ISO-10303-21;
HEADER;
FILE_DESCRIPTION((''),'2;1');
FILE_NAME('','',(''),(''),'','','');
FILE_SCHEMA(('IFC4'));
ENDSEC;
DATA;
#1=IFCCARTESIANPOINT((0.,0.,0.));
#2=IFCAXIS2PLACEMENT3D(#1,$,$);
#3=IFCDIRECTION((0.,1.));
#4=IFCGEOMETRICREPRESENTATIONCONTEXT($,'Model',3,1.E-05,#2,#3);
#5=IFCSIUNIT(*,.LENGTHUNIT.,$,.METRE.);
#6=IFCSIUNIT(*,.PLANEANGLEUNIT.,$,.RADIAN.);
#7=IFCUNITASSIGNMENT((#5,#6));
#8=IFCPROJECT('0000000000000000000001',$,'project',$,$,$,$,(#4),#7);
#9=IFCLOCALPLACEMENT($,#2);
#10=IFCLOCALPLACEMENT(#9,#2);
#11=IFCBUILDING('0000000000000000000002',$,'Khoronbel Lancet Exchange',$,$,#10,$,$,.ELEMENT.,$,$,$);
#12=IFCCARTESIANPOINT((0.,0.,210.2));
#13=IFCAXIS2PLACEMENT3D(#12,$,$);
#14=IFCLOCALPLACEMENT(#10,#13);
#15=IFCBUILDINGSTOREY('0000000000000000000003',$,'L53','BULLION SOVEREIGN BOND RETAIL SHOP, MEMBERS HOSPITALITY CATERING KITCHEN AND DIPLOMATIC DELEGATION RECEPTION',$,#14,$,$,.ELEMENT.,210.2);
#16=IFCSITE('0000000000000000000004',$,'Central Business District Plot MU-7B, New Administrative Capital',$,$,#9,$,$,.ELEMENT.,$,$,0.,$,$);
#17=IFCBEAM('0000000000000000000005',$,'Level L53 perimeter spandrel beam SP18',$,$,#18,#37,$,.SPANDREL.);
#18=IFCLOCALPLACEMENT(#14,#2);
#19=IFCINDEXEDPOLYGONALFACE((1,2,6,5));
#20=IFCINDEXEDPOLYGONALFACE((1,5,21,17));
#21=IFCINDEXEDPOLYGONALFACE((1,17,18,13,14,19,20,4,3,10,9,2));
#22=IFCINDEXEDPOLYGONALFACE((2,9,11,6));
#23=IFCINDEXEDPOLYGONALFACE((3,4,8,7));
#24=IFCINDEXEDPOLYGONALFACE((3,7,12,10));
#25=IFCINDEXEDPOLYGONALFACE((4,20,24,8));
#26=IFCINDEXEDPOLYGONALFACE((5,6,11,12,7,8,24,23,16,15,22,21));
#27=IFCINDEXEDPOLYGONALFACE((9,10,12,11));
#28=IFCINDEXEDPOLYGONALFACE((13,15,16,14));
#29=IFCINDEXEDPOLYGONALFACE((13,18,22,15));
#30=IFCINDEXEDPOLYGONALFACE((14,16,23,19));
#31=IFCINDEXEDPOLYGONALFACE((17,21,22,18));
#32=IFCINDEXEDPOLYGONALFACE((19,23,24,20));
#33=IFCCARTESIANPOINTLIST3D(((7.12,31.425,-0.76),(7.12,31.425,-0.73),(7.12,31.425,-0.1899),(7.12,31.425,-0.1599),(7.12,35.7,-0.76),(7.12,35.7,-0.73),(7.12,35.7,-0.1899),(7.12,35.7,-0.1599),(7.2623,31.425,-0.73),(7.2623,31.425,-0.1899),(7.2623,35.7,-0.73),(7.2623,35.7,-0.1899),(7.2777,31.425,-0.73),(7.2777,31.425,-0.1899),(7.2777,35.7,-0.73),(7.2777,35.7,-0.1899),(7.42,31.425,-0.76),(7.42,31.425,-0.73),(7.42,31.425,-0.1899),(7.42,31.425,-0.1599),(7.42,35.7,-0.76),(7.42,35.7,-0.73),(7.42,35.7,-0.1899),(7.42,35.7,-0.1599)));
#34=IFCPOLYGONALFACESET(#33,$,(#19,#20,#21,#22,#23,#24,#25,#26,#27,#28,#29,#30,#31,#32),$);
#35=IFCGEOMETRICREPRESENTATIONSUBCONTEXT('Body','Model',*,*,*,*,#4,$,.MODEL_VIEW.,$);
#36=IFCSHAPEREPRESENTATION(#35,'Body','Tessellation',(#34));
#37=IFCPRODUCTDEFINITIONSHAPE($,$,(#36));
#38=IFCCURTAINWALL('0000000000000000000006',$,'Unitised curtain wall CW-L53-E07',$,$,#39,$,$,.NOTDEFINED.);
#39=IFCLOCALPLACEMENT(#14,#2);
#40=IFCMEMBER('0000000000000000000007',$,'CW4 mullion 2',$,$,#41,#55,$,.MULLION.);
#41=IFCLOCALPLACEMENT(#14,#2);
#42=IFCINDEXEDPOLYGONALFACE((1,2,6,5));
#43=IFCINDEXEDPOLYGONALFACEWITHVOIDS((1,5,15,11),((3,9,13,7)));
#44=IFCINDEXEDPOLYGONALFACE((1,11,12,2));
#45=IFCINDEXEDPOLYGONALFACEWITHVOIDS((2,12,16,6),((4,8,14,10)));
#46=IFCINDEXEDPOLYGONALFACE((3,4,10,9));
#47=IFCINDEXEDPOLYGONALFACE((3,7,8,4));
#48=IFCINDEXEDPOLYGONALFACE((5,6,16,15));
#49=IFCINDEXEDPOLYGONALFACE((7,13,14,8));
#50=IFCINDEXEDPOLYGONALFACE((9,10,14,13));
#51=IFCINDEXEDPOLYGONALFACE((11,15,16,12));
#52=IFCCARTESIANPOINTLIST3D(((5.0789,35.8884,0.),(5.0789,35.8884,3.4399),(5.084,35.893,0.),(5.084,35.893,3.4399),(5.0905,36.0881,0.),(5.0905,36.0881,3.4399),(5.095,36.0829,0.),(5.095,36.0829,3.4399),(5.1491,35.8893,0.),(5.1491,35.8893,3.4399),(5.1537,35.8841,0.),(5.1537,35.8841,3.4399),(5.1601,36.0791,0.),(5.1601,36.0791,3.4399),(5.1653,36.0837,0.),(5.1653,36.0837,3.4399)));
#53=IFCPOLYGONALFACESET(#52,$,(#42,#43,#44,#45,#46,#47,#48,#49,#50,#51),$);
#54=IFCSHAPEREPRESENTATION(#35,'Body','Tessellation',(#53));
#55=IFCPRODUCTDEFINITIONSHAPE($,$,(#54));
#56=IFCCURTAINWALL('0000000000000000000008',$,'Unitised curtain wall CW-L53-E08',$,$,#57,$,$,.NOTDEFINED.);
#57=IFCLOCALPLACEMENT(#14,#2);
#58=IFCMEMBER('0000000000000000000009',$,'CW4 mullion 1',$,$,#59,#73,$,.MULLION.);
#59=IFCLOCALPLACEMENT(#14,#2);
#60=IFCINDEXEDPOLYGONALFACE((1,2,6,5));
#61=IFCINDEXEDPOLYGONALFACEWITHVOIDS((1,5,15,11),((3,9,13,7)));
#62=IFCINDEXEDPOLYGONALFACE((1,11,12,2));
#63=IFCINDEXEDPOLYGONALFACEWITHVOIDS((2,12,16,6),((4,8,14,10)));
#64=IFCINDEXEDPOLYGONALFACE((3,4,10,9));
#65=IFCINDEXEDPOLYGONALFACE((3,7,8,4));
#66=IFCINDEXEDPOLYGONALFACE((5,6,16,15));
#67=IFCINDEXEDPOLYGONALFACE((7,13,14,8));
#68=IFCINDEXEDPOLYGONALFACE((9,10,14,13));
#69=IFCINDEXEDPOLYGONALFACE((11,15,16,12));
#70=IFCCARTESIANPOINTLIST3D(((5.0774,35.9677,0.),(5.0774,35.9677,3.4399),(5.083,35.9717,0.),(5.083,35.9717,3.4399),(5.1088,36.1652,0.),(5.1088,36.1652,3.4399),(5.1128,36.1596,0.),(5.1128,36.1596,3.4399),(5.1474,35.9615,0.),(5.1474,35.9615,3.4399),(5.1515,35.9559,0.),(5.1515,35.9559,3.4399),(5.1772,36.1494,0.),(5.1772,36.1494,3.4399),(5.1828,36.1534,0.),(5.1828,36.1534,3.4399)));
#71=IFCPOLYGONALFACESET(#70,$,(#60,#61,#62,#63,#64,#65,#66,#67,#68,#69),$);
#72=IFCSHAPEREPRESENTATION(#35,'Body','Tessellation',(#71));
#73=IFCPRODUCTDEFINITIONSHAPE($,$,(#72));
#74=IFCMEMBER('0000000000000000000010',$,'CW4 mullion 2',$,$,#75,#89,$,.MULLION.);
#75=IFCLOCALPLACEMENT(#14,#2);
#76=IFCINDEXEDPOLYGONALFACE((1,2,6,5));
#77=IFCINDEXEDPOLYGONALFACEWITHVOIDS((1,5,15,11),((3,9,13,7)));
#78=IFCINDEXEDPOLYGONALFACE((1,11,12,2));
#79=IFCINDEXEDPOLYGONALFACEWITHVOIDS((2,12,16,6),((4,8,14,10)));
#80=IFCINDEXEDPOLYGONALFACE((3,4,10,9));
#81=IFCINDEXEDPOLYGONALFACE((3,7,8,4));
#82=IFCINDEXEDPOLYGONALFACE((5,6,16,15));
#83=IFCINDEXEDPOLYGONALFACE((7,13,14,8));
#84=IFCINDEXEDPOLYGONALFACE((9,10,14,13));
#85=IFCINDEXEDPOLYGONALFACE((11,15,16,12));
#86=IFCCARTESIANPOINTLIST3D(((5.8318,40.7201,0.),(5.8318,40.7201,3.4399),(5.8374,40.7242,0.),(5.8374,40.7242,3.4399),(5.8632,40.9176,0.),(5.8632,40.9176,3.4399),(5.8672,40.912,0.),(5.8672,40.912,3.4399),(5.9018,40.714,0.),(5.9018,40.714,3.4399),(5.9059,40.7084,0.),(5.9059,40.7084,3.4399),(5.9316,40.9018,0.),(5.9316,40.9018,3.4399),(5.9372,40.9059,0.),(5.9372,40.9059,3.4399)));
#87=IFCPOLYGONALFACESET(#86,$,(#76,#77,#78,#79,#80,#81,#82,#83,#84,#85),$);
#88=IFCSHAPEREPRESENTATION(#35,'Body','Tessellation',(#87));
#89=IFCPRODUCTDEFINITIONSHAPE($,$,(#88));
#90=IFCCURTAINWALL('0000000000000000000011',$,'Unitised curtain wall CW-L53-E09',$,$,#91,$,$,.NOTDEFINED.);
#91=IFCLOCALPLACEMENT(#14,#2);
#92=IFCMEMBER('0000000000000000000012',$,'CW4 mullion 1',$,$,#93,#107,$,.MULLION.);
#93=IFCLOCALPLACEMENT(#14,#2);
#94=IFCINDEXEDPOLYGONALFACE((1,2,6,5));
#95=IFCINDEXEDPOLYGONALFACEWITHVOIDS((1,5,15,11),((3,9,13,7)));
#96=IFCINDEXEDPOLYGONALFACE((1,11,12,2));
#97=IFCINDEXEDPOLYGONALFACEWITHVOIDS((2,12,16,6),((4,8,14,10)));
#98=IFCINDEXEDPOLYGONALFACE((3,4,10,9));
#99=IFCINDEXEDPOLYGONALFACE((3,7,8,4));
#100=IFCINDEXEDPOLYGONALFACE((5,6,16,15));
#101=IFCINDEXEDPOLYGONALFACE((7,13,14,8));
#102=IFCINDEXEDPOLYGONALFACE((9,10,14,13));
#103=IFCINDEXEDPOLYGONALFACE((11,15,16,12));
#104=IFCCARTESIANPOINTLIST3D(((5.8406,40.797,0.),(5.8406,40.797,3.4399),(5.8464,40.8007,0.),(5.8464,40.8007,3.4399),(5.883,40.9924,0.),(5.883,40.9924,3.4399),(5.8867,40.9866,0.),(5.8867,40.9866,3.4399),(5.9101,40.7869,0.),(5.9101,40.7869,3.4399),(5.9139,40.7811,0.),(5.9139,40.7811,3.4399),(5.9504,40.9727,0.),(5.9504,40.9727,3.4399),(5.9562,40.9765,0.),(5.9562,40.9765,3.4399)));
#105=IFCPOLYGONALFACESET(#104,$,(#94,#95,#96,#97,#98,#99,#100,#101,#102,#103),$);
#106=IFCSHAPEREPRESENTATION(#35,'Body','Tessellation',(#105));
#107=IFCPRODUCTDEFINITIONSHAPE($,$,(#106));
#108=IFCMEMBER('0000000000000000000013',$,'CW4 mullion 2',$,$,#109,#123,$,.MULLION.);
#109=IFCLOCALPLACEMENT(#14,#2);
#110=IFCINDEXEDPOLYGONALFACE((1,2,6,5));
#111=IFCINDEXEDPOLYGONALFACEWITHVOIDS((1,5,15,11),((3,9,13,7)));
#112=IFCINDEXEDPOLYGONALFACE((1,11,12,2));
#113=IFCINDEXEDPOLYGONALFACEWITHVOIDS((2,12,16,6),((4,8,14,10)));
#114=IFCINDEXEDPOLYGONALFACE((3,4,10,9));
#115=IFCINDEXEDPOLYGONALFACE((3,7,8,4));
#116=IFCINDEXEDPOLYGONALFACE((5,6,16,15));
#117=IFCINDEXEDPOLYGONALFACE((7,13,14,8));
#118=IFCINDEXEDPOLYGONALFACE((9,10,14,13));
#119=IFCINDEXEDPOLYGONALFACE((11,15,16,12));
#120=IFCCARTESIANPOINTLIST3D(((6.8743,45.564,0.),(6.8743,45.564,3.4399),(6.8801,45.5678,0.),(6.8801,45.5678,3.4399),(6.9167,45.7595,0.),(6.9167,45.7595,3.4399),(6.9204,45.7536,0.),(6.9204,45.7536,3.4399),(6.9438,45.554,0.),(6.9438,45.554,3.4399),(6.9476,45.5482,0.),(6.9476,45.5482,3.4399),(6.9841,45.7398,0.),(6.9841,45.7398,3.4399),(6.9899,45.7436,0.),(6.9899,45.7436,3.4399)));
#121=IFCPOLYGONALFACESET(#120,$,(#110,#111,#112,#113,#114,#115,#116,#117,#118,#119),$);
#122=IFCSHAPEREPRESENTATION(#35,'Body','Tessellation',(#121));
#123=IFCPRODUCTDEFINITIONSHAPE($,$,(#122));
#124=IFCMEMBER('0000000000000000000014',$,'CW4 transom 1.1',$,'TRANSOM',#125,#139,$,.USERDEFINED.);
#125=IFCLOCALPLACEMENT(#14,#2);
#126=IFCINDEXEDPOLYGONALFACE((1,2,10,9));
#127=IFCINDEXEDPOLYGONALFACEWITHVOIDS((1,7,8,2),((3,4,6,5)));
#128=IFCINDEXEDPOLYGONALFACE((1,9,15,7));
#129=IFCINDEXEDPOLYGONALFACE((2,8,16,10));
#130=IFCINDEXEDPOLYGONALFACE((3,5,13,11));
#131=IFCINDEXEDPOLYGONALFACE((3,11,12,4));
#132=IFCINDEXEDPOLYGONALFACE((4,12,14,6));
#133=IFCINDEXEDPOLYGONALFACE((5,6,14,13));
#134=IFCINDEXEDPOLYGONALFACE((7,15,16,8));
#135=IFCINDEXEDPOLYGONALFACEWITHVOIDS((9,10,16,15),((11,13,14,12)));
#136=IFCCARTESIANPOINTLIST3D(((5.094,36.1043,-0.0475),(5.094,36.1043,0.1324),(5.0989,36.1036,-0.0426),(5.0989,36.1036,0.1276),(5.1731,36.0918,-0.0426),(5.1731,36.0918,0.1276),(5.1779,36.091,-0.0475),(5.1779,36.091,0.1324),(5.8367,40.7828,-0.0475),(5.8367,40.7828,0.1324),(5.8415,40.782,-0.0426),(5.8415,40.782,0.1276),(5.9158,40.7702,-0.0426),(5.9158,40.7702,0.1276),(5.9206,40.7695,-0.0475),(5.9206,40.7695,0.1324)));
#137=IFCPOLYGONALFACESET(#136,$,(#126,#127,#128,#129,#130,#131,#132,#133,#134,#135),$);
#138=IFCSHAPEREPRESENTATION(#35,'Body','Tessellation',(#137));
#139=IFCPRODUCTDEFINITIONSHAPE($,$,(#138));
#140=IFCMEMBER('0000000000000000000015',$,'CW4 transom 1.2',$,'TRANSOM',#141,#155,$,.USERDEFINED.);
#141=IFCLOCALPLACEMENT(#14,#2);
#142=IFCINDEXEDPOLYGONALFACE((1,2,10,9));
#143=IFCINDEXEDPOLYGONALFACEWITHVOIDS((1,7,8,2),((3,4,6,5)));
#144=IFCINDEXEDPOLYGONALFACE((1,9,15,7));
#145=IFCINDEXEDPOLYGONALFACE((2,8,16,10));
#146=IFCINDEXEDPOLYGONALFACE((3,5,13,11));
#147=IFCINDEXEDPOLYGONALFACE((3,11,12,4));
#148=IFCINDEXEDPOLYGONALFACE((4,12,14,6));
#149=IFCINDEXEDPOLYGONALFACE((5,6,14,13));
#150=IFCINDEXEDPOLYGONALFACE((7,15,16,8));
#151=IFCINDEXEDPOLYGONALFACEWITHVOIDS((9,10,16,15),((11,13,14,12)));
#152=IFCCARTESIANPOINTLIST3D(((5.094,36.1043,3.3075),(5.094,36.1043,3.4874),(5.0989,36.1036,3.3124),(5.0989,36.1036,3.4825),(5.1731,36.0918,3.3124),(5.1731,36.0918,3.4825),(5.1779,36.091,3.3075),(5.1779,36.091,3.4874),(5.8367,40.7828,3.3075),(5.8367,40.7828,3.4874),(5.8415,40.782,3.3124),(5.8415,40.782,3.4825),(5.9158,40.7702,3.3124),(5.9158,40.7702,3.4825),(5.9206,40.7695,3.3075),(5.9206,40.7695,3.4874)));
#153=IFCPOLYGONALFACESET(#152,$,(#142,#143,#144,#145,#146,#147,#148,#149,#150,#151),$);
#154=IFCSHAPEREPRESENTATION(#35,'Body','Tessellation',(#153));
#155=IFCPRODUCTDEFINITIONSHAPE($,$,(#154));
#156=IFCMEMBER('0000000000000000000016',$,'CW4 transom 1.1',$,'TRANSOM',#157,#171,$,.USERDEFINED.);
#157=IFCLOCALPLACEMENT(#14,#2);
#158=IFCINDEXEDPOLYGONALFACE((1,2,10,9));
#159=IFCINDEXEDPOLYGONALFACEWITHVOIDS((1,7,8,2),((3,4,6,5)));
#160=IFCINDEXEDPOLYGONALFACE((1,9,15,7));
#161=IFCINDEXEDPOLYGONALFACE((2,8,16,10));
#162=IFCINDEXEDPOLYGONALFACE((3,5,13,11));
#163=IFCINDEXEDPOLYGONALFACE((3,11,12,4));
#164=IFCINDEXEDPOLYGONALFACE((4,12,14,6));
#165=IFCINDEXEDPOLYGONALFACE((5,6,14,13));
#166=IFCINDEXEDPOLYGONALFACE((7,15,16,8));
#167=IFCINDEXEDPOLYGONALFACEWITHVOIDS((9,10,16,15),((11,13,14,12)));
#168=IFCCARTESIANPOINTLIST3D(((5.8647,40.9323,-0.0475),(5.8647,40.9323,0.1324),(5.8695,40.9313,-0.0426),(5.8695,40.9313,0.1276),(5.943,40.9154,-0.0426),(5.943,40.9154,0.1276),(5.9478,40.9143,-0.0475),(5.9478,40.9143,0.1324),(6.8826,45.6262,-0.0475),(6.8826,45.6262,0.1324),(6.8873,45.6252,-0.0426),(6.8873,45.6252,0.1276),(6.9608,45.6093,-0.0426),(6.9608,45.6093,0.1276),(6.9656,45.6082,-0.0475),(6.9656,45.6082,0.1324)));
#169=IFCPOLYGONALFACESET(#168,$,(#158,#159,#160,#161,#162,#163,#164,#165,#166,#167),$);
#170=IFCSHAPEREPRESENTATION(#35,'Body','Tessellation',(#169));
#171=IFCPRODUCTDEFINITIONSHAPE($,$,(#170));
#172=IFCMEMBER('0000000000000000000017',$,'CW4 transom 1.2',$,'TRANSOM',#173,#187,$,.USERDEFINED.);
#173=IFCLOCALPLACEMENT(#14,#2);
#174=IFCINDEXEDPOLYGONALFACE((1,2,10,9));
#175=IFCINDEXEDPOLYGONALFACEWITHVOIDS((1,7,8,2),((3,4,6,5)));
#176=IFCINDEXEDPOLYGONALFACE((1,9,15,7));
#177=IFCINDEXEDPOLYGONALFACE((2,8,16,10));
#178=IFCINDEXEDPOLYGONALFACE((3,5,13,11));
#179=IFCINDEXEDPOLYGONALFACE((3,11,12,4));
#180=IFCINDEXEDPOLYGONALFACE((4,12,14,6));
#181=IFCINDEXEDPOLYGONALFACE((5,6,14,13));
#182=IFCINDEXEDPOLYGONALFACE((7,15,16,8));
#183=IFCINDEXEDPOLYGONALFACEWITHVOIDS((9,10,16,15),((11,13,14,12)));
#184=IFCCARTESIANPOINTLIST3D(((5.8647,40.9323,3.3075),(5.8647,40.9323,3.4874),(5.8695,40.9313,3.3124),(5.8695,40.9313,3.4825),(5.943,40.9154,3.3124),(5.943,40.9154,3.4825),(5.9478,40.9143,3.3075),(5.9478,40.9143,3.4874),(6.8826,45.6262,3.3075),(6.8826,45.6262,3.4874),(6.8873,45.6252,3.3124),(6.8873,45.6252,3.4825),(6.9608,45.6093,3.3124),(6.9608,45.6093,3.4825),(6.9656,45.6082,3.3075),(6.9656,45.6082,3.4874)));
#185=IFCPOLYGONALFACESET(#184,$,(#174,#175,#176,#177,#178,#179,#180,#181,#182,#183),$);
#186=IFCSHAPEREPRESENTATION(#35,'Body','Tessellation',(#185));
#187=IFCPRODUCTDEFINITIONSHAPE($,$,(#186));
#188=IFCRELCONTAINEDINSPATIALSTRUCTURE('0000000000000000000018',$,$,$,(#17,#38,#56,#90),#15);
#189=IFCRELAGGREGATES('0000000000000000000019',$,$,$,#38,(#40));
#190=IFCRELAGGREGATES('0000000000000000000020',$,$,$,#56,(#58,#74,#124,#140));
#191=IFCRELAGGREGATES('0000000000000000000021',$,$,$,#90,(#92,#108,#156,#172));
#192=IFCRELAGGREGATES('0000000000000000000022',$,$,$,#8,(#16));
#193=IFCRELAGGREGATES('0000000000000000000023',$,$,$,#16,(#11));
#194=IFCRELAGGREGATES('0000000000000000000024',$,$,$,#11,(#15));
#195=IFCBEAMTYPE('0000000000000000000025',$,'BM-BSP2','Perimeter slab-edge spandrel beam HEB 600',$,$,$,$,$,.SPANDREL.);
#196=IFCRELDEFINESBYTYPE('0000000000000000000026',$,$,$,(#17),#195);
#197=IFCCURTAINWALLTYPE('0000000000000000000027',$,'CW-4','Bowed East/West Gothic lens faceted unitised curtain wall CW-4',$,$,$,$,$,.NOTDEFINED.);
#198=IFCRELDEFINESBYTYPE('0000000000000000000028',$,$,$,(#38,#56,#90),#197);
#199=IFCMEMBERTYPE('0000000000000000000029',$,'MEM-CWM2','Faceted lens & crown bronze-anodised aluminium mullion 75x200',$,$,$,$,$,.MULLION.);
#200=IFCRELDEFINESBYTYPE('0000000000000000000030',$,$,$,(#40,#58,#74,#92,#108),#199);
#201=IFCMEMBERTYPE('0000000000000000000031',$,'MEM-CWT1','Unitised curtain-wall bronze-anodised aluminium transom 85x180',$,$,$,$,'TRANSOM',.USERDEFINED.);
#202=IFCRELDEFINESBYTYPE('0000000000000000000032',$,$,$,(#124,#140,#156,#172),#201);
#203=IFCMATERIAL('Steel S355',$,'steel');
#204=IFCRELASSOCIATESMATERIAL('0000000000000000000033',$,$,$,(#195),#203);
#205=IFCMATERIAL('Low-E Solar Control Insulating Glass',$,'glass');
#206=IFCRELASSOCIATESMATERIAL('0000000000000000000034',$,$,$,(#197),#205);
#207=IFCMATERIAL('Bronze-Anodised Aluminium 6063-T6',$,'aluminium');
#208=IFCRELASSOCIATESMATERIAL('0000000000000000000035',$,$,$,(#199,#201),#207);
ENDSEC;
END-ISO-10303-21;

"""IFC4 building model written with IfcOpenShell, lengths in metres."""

from ifc_helpers import new_model, si_unit, direction, frame, origin, origin_2d, place, context, subcontext, project, spatial, hollow_rectangle, i_section, extrude, material, material_profile, profile_set, type_object, element, aggregate, save


model = new_model("IFC4")

# Units and contexts
model_context = context("Model", 3, precision=1e-05, world=origin(), true_north=direction((0.0, 1.0)))
body_context = subcontext(model_context, "Body", "Model", "MODEL_VIEW")
ifc_project = project(units=[si_unit("LENGTHUNIT", "METRE"), si_unit("PLANEANGLEUNIT", "RADIAN")], contexts=[model_context])

# Site, building, storey
site_placement = place(None, origin())
site = spatial("IfcSite", under=ifc_project, at=site_placement, Name="Central Business District Plot MU-7B, New Administrative Capital", CompositionType="ELEMENT", RefElevation=0.0)
building_placement = place(site_placement, origin())
building = spatial("IfcBuilding", under=site, at=building_placement, Name="Khoronbel Lancet Exchange", CompositionType="ELEMENT")
storey_placement = place(building_placement, frame((0.0, 0.0, 210.2)))
storey = spatial("IfcBuildingStorey", under=building, at=storey_placement, Name="L53", Description="BULLION SOVEREIGN BOND RETAIL SHOP, MEMBERS HOSPITALITY CATERING KITCHEN AND DIPLOMATIC DELEGATION RECEPTION", CompositionType="ELEMENT", Elevation=210.2)

# Shared definitions
ifc_material_1 = material(Name="Steel S355", Category="steel")

# Beam
ifc_material_profile_1 = material_profile(ifc_material_1, i_section(OverallWidth=0.3, OverallDepth=0.6001, WebThickness=0.0154, FlangeThickness=0.03, at=origin_2d()), Name="HEB 600")
ifc_profile_set_1 = profile_set([ifc_material_profile_1], Name="Steel S355")
beam_type_1 = type_object("IfcBeamType", Name="BM-BSP2", Description="Perimeter slab-edge spandrel beam HEB 600", PredefinedType="SPANDREL", material=ifc_profile_set_1)
beam_1_placement = place(storey_placement, frame((7.27, 35.7, -0.46), z_axis=(0.0, -1.0, 0.0), x_axis=(1.0, 0.0, 0.0)))
element("IfcBeam", 1, at=beam_1_placement, inside=storey, type_object=beam_type_1, Name="Level L53 perimeter spandrel beam SP18", PredefinedType="SPANDREL", context=body_context, shape_type="SweptSolid", body=[
    extrude(i_section(OverallWidth=0.3, OverallDepth=0.6001, WebThickness=0.0154, FlangeThickness=0.03, at=origin_2d()), origin(), (0.0, 0.0, 1.0), 4.2749),
])

# Curtain wall, member
ifc_material_2 = material(Name="Low-E Solar Control Insulating Glass", Category="glass")
curtain_wall_type = type_object("IfcCurtainWallType", Name="CW-4", Description="Bowed East/West Gothic lens faceted unitised curtain wall CW-4", PredefinedType="NOTDEFINED", material=ifc_material_2)
curtain_wall_1_placement = place(storey_placement, origin())
curtain_wall_1 = element("IfcCurtainWall", 2, at=curtain_wall_1_placement, inside=storey, type_object=curtain_wall_type, Name="Unitised curtain wall CW-L53-E07", PredefinedType="NOTDEFINED")
ifc_material_3 = material(Name="Bronze-Anodised Aluminium 6063-T6", Category="aluminium")
ifc_material_profile_2 = material_profile(ifc_material_3, hollow_rectangle(XDim=0.075, YDim=0.2, WallThickness=0.0049, at=origin_2d()), Name="ALU MULLION 75x200")
ifc_profile_set_2 = profile_set([ifc_material_profile_2], Name="Bronze-Anodised Aluminium 6063-T6")
member_type_1 = type_object("IfcMemberType", Name="MEM-CWM2", Description="Faceted lens & crown bronze-anodised aluminium mullion 75x200", PredefinedType="MULLION", material=ifc_profile_set_2)
member_1_placement = place(storey_placement, frame((5.1221, 35.9861, 0.0), z_axis=(0.0, 0.0, 1.0), x_axis=(-0.998317, 0.057992, 0.0)))
member_1 = element("IfcMember", 3, at=member_1_placement, type_object=member_type_1, Name="CW4 mullion 2", PredefinedType="MULLION", context=body_context, shape_type="SweptSolid", body=[
    extrude(hollow_rectangle(XDim=0.075, YDim=0.2, WallThickness=0.0049, at=origin_2d()), origin(), (0.0, 0.0, 1.0), 3.4399),
])
aggregate(curtain_wall_1, [member_1])

# Curtain walls, members
curtain_wall_2_placement = place(storey_placement, origin())
curtain_wall_2 = element("IfcCurtainWall", 4, at=curtain_wall_2_placement, inside=storey, type_object=curtain_wall_type, Name="Unitised curtain wall CW-L53-E08", PredefinedType="NOTDEFINED")
member_2_placement = place(storey_placement, frame((5.1301, 36.0605, 0.0), z_axis=(0.0, 0.0, 1.0), x_axis=(-0.987633, 0.156785, 0.0)))
member_2 = element("IfcMember", 5, at=member_2_placement, type_object=member_type_1, Name="CW4 mullion 1", PredefinedType="MULLION", context=body_context, shape_type="SweptSolid", body=[
    extrude(hollow_rectangle(XDim=0.075, YDim=0.2, WallThickness=0.0049, at=origin_2d()), origin(), (0.0, 0.0, 1.0), 3.4399),
])
member_3_placement = place(storey_placement, frame((5.8845, 40.813, 0.0), z_axis=(0.0, 0.0, 1.0), x_axis=(-0.987633, 0.156785, 0.0)))
member_3 = element("IfcMember", 6, at=member_3_placement, type_object=member_type_1, Name="CW4 mullion 2", PredefinedType="MULLION", context=body_context, shape_type="SweptSolid", body=[
    extrude(hollow_rectangle(XDim=0.075, YDim=0.2, WallThickness=0.0049, at=origin_2d()), origin(), (0.0, 0.0, 1.0), 3.4399),
])
curtain_wall_3_placement = place(storey_placement, origin())
curtain_wall_3 = element("IfcCurtainWall", 7, at=curtain_wall_3_placement, inside=storey, type_object=curtain_wall_type, Name="Unitised curtain wall CW-L53-E09", PredefinedType="NOTDEFINED")
member_4_placement = place(storey_placement, frame((5.8984, 40.8867, 0.0), z_axis=(0.0, 0.0, 1.0), x_axis=(-0.977287, 0.211921, 0.0)))
member_4 = element("IfcMember", 8, at=member_4_placement, type_object=member_type_1, Name="CW4 mullion 1", PredefinedType="MULLION", context=body_context, shape_type="SweptSolid", body=[
    extrude(hollow_rectangle(XDim=0.075, YDim=0.2, WallThickness=0.0049, at=origin_2d()), origin(), (0.0, 0.0, 1.0), 3.4399),
])
member_5_placement = place(storey_placement, frame((6.9321, 45.6538, 0.0), z_axis=(0.0, 0.0, 1.0), x_axis=(-0.977287, 0.211921, 0.0)))
member_5 = element("IfcMember", 9, at=member_5_placement, type_object=member_type_1, Name="CW4 mullion 2", PredefinedType="MULLION", context=body_context, shape_type="SweptSolid", body=[
    extrude(hollow_rectangle(XDim=0.075, YDim=0.2, WallThickness=0.0049, at=origin_2d()), origin(), (0.0, 0.0, 1.0), 3.4399),
])

# Members
ifc_material_profile_3 = material_profile(ifc_material_3, hollow_rectangle(XDim=0.085, YDim=0.1799, WallThickness=0.0049, at=origin_2d()), Name="ALU TRANSOM 85x180")
ifc_profile_set_3 = profile_set([ifc_material_profile_3], Name="Bronze-Anodised Aluminium 6063-T6")
member_type_2 = type_object("IfcMemberType", Name="MEM-CWT1", Description="Unitised curtain-wall bronze-anodised aluminium transom 85x180", ElementType="TRANSOM", PredefinedType="USERDEFINED", material=ifc_profile_set_3)
member_6_placement = place(storey_placement, frame((5.136, 36.0977, 0.0425), z_axis=(0.15678, 0.987634, 0.0), x_axis=(-0.987634, 0.15678, 0.0)))
member_6 = element("IfcMember", 10, at=member_6_placement, type_object=member_type_2, Name="CW4 transom 1.1", ObjectType="TRANSOM", PredefinedType="USERDEFINED", context=body_context, shape_type="SweptSolid", body=[
    extrude(hollow_rectangle(XDim=0.085, YDim=0.1799, WallThickness=0.0049, at=origin_2d()), origin(), (0.0, 0.0, 1.0), 4.7371),
])
member_7_placement = place(storey_placement, frame((5.136, 36.0977, 3.3975), z_axis=(0.15678, 0.987634, 0.0), x_axis=(-0.987634, 0.15678, 0.0)))
member_7 = element("IfcMember", 11, at=member_7_placement, type_object=member_type_2, Name="CW4 transom 1.2", ObjectType="TRANSOM", PredefinedType="USERDEFINED", context=body_context, shape_type="SweptSolid", body=[
    extrude(hollow_rectangle(XDim=0.085, YDim=0.1799, WallThickness=0.0049, at=origin_2d()), origin(), (0.0, 0.0, 1.0), 4.7371),
])
member_8_placement = place(storey_placement, frame((5.9062, 40.9233, 0.0425), z_axis=(0.211917, 0.977288, 0.0), x_axis=(-0.977288, 0.211917, 0.0)))
member_8 = element("IfcMember", 12, at=member_8_placement, type_object=member_type_2, Name="CW4 transom 1.1", ObjectType="TRANSOM", PredefinedType="USERDEFINED", context=body_context, shape_type="SweptSolid", body=[
    extrude(hollow_rectangle(XDim=0.085, YDim=0.1799, WallThickness=0.0049, at=origin_2d()), origin(), (0.0, 0.0, 1.0), 4.803),
])
member_9_placement = place(storey_placement, frame((5.9062, 40.9233, 3.3975), z_axis=(0.211917, 0.977288, 0.0), x_axis=(-0.977288, 0.211917, 0.0)))
member_9 = element("IfcMember", 13, at=member_9_placement, type_object=member_type_2, Name="CW4 transom 1.2", ObjectType="TRANSOM", PredefinedType="USERDEFINED", context=body_context, shape_type="SweptSolid", body=[
    extrude(hollow_rectangle(XDim=0.085, YDim=0.1799, WallThickness=0.0049, at=origin_2d()), origin(), (0.0, 0.0, 1.0), 4.803),
])

aggregate(curtain_wall_2, [member_2, member_3, member_6, member_7])
aggregate(curtain_wall_3, [member_4, member_5, member_8, member_9])

save(model, "model.ifc")
